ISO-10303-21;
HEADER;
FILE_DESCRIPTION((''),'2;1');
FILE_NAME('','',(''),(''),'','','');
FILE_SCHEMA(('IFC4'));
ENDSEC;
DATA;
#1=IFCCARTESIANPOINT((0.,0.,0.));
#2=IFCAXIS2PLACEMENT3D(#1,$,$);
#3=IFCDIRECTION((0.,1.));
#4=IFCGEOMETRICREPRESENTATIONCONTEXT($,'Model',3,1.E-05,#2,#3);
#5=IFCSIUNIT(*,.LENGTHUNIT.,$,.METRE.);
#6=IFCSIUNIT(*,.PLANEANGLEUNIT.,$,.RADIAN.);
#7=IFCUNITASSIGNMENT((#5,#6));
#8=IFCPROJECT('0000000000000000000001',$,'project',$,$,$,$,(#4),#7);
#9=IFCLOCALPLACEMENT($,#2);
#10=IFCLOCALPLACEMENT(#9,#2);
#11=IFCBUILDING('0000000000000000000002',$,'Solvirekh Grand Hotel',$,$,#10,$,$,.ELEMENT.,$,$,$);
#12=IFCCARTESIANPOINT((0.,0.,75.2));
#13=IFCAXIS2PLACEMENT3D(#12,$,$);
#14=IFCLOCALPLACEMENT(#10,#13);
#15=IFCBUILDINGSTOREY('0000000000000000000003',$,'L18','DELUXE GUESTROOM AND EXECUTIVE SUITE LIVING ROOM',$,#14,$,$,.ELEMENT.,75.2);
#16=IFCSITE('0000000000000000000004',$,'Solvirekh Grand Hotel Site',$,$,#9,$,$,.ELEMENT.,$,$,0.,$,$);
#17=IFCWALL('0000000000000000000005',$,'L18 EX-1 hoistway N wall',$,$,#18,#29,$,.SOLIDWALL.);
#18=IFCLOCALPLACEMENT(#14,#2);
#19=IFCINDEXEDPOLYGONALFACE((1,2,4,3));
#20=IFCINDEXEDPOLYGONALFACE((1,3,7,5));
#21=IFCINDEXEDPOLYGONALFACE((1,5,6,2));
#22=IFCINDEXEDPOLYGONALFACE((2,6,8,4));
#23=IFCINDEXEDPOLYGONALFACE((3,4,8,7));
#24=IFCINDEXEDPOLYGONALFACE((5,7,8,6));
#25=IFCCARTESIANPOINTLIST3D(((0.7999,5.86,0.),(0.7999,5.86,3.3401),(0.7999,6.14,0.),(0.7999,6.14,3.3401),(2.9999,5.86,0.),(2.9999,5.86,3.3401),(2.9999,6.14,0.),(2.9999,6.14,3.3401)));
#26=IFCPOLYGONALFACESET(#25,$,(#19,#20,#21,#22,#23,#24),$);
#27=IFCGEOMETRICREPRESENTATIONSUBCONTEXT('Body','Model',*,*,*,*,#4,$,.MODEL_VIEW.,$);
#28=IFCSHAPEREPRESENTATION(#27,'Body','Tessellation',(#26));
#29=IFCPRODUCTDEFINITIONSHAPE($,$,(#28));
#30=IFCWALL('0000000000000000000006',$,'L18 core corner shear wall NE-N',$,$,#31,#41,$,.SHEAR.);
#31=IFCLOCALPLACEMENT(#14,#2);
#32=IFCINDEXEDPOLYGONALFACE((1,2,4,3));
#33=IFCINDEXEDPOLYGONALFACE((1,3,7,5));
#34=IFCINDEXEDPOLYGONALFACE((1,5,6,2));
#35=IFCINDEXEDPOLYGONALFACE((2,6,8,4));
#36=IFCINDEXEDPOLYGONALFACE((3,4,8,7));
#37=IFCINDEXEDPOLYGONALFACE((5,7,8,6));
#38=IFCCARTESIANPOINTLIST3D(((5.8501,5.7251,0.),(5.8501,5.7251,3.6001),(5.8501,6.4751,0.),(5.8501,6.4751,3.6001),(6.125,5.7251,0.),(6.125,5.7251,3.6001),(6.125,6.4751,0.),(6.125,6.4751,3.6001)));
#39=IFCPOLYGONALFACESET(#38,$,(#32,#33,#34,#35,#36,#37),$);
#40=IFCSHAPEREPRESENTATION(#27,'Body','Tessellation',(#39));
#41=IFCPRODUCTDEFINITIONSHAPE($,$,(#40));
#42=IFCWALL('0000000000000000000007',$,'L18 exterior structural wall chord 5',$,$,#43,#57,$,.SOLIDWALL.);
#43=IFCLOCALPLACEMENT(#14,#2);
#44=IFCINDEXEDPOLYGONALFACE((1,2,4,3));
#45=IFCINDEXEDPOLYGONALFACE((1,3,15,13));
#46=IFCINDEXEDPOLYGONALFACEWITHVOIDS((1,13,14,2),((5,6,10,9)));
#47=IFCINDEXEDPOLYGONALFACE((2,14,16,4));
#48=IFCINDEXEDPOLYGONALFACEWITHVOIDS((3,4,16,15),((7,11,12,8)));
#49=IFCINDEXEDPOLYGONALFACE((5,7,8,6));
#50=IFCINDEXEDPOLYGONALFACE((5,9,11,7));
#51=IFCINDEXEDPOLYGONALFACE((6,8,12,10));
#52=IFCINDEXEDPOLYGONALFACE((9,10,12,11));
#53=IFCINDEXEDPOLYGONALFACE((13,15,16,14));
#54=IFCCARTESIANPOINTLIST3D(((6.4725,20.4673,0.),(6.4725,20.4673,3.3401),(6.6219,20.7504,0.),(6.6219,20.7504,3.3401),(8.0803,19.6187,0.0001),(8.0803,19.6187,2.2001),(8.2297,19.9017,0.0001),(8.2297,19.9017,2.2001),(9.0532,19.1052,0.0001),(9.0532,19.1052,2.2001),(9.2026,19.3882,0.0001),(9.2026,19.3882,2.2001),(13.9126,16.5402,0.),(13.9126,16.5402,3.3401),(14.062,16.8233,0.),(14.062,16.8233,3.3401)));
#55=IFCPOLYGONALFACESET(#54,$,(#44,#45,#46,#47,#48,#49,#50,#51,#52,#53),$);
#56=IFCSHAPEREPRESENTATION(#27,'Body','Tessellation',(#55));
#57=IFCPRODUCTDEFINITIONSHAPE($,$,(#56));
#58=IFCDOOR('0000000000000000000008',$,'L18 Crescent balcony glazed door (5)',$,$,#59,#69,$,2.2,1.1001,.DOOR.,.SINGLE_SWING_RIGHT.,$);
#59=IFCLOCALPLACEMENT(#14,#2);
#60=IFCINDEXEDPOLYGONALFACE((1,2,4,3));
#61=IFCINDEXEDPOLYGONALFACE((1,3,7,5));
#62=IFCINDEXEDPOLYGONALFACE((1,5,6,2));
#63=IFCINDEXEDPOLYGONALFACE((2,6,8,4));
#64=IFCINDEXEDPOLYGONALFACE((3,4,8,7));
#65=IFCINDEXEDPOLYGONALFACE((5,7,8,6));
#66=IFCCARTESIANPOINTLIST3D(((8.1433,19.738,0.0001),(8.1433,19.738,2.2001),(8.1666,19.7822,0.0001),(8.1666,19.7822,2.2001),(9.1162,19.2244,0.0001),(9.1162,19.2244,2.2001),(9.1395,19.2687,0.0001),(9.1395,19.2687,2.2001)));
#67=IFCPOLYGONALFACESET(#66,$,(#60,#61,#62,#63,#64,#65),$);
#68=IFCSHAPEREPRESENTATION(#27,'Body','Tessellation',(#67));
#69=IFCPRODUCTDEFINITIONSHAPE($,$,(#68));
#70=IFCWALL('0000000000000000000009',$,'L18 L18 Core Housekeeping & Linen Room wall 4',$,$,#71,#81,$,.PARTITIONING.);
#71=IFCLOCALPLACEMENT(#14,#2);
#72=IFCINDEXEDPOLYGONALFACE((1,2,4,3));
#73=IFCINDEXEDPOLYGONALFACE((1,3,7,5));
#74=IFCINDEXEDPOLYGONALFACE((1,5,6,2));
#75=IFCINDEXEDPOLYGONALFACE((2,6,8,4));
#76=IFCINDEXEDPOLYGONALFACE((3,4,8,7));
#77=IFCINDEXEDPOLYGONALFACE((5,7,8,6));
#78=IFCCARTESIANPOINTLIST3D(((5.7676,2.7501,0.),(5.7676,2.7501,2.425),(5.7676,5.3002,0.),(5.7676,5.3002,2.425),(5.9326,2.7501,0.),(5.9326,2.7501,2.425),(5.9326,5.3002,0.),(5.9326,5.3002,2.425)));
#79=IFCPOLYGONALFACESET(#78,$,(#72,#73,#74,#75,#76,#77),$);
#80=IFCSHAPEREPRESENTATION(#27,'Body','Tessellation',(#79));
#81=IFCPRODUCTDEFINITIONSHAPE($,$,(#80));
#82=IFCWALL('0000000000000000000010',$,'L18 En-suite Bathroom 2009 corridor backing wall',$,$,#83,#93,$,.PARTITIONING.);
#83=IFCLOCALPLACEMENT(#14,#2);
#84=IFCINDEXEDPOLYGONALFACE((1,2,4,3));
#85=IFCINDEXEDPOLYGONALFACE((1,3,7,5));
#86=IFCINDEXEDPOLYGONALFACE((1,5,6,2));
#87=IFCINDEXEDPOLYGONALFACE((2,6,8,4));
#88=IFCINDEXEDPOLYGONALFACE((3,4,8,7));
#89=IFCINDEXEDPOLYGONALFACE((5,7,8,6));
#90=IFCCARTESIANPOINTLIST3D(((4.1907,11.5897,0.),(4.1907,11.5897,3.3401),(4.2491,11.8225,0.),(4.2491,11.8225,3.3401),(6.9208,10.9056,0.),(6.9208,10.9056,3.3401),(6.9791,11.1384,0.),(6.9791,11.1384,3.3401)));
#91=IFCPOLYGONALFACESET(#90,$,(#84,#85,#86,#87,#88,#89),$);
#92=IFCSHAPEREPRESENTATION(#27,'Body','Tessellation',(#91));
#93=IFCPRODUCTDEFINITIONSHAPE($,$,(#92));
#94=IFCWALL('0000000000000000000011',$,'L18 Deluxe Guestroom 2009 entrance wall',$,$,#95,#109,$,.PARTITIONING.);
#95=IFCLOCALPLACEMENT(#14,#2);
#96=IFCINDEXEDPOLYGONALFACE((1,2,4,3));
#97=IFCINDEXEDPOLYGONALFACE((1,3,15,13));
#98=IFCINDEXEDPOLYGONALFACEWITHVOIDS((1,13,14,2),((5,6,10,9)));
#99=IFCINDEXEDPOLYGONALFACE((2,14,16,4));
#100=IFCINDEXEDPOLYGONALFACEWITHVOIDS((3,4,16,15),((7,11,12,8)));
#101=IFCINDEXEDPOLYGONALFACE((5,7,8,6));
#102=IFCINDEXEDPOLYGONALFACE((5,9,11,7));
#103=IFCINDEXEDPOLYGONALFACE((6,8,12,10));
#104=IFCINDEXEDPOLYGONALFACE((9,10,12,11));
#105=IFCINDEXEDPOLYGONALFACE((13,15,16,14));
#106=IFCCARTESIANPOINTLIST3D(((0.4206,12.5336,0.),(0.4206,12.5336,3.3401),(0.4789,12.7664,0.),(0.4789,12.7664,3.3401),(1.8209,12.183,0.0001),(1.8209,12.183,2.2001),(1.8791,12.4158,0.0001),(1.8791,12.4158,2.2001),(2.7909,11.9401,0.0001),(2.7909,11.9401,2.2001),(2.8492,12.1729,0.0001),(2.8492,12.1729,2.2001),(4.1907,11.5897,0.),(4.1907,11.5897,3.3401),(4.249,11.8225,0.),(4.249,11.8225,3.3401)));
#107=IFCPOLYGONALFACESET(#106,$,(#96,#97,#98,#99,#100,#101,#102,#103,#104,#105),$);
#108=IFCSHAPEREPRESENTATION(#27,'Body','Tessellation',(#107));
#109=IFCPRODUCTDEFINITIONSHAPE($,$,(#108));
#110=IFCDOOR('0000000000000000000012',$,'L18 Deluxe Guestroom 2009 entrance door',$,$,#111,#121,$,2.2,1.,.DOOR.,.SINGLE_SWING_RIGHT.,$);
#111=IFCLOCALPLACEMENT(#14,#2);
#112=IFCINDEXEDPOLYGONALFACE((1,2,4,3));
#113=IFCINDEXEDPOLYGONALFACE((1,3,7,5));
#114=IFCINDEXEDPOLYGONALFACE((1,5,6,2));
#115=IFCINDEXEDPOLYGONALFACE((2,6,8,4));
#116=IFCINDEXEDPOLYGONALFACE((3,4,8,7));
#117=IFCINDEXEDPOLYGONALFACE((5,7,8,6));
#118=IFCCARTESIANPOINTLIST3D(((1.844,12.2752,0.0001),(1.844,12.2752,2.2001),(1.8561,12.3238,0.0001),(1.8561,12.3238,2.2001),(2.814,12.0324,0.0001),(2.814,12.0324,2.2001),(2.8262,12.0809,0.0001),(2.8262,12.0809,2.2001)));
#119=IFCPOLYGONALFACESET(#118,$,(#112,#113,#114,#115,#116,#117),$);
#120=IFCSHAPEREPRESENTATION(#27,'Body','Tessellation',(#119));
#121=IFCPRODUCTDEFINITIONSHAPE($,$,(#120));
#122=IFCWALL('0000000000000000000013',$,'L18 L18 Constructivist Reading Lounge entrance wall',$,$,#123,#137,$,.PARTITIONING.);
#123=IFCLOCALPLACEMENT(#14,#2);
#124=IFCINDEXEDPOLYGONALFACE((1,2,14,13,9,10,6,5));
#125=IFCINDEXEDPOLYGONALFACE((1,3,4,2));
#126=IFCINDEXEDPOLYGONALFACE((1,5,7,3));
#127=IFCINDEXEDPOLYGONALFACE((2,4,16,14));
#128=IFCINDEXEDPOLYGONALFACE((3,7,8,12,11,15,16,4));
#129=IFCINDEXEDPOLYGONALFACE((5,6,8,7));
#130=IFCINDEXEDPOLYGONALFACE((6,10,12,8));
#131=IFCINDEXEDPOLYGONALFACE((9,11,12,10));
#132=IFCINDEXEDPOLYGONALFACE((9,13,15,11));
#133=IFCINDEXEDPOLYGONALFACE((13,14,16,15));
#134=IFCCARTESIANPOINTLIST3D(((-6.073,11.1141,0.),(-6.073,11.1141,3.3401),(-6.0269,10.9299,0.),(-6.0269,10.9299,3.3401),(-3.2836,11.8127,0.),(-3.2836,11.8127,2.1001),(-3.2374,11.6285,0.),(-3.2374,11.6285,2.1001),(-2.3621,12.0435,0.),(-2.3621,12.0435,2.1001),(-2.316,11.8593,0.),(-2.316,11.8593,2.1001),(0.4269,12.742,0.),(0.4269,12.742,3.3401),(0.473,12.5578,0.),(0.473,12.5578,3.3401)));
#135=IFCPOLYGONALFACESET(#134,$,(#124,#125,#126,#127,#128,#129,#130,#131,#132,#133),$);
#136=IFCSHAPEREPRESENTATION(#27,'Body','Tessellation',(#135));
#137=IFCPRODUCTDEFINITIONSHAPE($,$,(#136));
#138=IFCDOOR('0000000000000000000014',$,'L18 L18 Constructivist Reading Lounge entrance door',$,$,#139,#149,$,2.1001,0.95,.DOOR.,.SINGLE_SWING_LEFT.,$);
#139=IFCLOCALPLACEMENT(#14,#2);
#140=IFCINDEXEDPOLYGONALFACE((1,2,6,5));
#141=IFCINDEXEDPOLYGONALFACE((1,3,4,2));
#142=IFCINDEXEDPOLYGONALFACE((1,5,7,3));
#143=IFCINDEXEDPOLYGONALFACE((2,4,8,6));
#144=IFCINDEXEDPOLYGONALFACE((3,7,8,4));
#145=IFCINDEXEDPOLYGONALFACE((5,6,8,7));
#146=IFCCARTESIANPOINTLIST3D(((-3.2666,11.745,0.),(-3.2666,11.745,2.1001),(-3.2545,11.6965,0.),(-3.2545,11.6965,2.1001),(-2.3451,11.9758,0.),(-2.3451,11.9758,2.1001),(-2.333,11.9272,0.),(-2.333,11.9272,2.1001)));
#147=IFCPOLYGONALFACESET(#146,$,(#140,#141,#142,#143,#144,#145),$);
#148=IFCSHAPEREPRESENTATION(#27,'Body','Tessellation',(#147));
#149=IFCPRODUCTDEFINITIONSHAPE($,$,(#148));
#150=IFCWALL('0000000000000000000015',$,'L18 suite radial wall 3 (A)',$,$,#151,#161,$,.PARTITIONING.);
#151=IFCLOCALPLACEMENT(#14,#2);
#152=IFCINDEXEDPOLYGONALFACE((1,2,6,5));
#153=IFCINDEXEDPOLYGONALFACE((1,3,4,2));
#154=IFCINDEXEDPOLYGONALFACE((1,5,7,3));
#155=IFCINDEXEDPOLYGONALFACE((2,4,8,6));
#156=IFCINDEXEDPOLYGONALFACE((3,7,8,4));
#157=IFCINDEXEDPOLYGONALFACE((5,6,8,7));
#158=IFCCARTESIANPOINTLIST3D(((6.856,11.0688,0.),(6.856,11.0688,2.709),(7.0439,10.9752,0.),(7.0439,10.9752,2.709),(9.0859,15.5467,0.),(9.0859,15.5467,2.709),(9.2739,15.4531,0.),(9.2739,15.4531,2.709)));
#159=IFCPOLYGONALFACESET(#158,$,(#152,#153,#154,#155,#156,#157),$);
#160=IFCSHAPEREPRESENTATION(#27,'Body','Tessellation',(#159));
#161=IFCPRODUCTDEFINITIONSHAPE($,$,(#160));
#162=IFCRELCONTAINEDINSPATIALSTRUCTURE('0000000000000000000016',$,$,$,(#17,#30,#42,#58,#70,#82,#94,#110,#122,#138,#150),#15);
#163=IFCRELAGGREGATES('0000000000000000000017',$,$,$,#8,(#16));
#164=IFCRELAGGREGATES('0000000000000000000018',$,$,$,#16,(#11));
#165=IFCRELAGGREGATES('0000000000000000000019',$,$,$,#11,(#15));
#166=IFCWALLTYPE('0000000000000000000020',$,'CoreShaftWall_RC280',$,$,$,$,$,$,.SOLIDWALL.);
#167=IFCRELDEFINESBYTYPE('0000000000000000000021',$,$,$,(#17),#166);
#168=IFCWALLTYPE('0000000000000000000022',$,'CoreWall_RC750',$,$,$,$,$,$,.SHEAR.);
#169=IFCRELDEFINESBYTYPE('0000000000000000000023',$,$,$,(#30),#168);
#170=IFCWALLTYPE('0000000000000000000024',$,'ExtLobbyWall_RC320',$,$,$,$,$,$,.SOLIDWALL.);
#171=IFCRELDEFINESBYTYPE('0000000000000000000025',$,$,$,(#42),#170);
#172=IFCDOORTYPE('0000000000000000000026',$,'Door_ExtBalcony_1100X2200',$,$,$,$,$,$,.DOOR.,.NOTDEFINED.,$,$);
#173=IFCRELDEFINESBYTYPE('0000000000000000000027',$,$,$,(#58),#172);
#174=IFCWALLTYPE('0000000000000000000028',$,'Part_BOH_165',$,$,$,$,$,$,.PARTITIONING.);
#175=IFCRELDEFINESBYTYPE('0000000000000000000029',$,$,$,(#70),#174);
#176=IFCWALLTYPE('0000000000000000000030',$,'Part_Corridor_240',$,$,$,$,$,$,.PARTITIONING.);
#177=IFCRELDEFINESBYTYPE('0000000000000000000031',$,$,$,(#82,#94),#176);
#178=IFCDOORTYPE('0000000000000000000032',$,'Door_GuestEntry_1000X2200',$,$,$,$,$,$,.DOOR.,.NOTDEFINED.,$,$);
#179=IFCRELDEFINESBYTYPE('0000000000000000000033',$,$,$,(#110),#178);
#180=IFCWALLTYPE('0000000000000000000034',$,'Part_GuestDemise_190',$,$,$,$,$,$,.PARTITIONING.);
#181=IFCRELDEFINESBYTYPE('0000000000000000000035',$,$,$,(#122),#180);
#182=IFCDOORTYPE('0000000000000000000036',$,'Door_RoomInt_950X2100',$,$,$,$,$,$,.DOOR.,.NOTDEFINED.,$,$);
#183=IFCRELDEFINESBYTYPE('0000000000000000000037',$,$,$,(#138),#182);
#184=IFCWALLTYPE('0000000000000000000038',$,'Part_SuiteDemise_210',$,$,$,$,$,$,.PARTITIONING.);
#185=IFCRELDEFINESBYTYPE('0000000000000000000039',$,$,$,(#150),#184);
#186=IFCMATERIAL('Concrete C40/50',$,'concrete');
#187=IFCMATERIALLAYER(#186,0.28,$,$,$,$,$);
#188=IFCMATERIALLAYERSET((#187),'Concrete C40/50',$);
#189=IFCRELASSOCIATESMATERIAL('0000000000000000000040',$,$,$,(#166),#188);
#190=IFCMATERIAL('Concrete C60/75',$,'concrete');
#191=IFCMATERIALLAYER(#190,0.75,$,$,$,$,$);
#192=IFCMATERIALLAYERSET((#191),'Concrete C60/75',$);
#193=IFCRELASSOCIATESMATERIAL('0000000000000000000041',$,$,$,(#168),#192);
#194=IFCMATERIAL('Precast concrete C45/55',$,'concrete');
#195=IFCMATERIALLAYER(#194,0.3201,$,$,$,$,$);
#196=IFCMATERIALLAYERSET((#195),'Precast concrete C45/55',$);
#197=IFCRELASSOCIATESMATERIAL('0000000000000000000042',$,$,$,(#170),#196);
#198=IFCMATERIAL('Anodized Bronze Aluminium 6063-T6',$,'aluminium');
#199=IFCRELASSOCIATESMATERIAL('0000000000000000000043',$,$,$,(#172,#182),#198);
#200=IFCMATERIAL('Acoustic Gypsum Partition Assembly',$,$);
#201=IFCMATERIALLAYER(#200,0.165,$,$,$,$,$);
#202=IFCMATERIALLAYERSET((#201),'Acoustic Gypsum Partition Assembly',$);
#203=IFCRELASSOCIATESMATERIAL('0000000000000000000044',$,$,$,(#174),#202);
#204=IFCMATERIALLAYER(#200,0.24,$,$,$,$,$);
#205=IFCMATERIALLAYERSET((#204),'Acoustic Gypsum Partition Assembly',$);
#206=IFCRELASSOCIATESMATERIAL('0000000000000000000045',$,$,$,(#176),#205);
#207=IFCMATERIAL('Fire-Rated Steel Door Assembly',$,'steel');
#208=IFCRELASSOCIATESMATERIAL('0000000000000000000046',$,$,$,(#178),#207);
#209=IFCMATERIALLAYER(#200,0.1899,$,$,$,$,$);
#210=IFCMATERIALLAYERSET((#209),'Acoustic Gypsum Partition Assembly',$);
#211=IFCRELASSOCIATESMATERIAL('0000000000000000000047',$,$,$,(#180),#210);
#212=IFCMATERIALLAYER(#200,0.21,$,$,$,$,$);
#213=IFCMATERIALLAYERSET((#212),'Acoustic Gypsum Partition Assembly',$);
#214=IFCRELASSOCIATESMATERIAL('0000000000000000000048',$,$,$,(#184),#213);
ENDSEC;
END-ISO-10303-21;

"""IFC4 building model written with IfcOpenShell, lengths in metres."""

from ifc_helpers import new_model, si_unit, direction, frame, frame_2d, origin, place, context, subcontext, project, spatial, rectangle, extrude, material, layer, layer_set, type_object, element, fill, save


model = new_model("IFC4")

# Units and contexts
model_context = context("Model", 3, precision=1e-05, world=origin(), true_north=direction((0.0, 1.0)))
body_context = subcontext(model_context, "Body", "Model", "MODEL_VIEW")
ifc_project = project(units=[si_unit("LENGTHUNIT", "METRE"), si_unit("PLANEANGLEUNIT", "RADIAN")], contexts=[model_context])

# Site, building, storey
site_placement = place(None, origin())
site = spatial("IfcSite", under=ifc_project, at=site_placement, Name="Solvirekh Grand Hotel Site", CompositionType="ELEMENT", RefElevation=0.0)
building_placement = place(site_placement, origin())
building = spatial("IfcBuilding", under=site, at=building_placement, Name="Solvirekh Grand Hotel", CompositionType="ELEMENT")
storey_placement = place(building_placement, frame((0.0, 0.0, 75.2)))
storey = spatial("IfcBuildingStorey", under=building, at=storey_placement, Name="L18", Description="DELUXE GUESTROOM AND EXECUTIVE SUITE LIVING ROOM", CompositionType="ELEMENT", Elevation=75.2)

# Shared definitions
ifc_material_1 = material(Name="Concrete C60/75", Category="concrete")

# Walls
ifc_material_2 = material(Name="Concrete C40/50", Category="concrete")
ifc_layer_1 = layer(ifc_material_2, 0.28)
ifc_layer_set_1 = layer_set([ifc_layer_1], Name="Concrete C40/50")
wall_type_1 = type_object("IfcWallType", Name="CoreShaftWall_RC280", PredefinedType="SOLIDWALL", material=ifc_layer_set_1)
wall_1_placement = place(storey_placement, frame((3.0, 6.0, 0.0), z_axis=(0.0, 0.0, 1.0), x_axis=(-1.0, 0.0, 0.0)))
element("IfcWall", 1, at=wall_1_placement, inside=storey, type_object=wall_type_1, Name="L18 EX-1 hoistway N wall", PredefinedType="SOLIDWALL", context=body_context, shape_type="SweptSolid", body=[
    extrude(rectangle(XDim=2.2, YDim=0.28, at=frame_2d((1.1001, 0.0))), origin(), (0.0, 0.0, 1.0), 3.3401),
])
ifc_layer_2 = layer(ifc_material_1, 0.75)
ifc_layer_set_2 = layer_set([ifc_layer_2], Name="Concrete C60/75")
wall_type_2 = type_object("IfcWallType", Name="CoreWall_RC750", PredefinedType="SHEAR", material=ifc_layer_set_2)
wall_2_placement = place(storey_placement, frame((5.8501, 6.1001, 0.0), z_axis=(0.0, 0.0, 1.0), x_axis=(1.0, 0.0, 0.0)))
element("IfcWall", 2, at=wall_2_placement, inside=storey, type_object=wall_type_2, Name="L18 core corner shear wall NE-N", PredefinedType="SHEAR", context=body_context, shape_type="SweptSolid", body=[
    extrude(rectangle(XDim=0.2749, YDim=0.75, at=frame_2d((0.1375, 0.0))), origin(), (0.0, 0.0, 1.0), 3.6001),
])

# Wall, opening, door
ifc_material_3 = material(Name="Precast concrete C45/55", Category="concrete")
ifc_layer_3 = layer(ifc_material_3, 0.3201)
ifc_layer_set_3 = layer_set([ifc_layer_3], Name="Precast concrete C45/55")
wall_type_3 = type_object("IfcWallType", Name="ExtLobbyWall_RC320", PredefinedType="SOLIDWALL", material=ifc_layer_set_3)
wall_3_placement = place(storey_placement, frame((6.5471, 20.6089, 0.0), z_axis=(0.0, 0.0, 1.0), x_axis=(0.884367, -0.466793, 0.0)))
wall_3 = element("IfcWall", 3, at=wall_3_placement, inside=storey, type_object=wall_type_3, Name="L18 exterior structural wall chord 5", PredefinedType="SOLIDWALL", context=body_context, shape_type="SweptSolid", body=[
    extrude(rectangle(XDim=8.4128, YDim=0.3201, at=frame_2d((4.2065, 0.0))), origin(), (0.0, 0.0, 1.0), 3.3401),
])
opening_1_placement = place(wall_3_placement, frame((1.8181, 0.0, 0.0)))
opening_1 = element("IfcOpeningElement", 4, at=opening_1_placement, cuts=wall_3, PredefinedType="OPENING", context=body_context, shape_type="SweptSolid", body=[
    extrude(rectangle(XDim=1.1001, YDim=2.2, at=frame_2d((0.55, 1.1001))), frame((0.0, 0.1699, 0.0), z_axis=(0.0, -1.0, 0.0), x_axis=(1.0, 0.0, 0.0)), (0.0, 0.0, 1.0), 0.3401),
])
ifc_material_4 = material(Name="Anodized Bronze Aluminium 6063-T6", Category="aluminium")
door_type_1 = type_object("IfcDoorType", Name="Door_ExtBalcony_1100X2200", OperationType="NOTDEFINED", PredefinedType="DOOR", material=ifc_material_4)
door_1_placement = place(opening_1_placement, origin())
door_1 = element("IfcDoor", 5, at=door_1_placement, inside=storey, type_object=door_type_1, Name="L18 Crescent balcony glazed door (5)", OperationType="SINGLE_SWING_RIGHT", OverallHeight=2.2, OverallWidth=1.1001, PredefinedType="DOOR", context=body_context, shape_type="SweptSolid", body=[
    extrude(rectangle(XDim=1.1001, YDim=2.2, at=frame_2d((0.55, 1.1001))), frame((0.0, 0.0249, 0.0), z_axis=(0.0, -1.0, 0.0), x_axis=(1.0, 0.0, 0.0)), (0.0, 0.0, 1.0), 0.05),
])
fill(opening_1, door_1)

# Walls
ifc_material_5 = material(Name="Acoustic Gypsum Partition Assembly")
ifc_layer_4 = layer(ifc_material_5, 0.165)
ifc_layer_set_4 = layer_set([ifc_layer_4], Name="Acoustic Gypsum Partition Assembly")
wall_type_4 = type_object("IfcWallType", Name="Part_BOH_165", PredefinedType="PARTITIONING", material=ifc_layer_set_4)
wall_4_placement = place(storey_placement, frame((5.8501, 5.3, 0.0), z_axis=(0.0, 0.0, 1.0), x_axis=(0.0, -1.0, 0.0)))
element("IfcWall", 6, at=wall_4_placement, inside=storey, type_object=wall_type_4, Name="L18 L18 Core Housekeeping & Linen Room wall 4", PredefinedType="PARTITIONING", context=body_context, shape_type="SweptSolid", body=[
    extrude(rectangle(XDim=2.55, YDim=0.165, at=frame_2d((1.2749, 0.0))), origin(), (0.0, 0.0, 1.0), 2.425),
])
ifc_layer_5 = layer(ifc_material_5, 0.24)
ifc_layer_set_5 = layer_set([ifc_layer_5], Name="Acoustic Gypsum Partition Assembly")
wall_type_5 = type_object("IfcWallType", Name="Part_Corridor_240", PredefinedType="PARTITIONING", material=ifc_layer_set_5)
wall_5_placement = place(storey_placement, frame((6.95, 11.022, 0.0), z_axis=(0.0, 0.0, 1.0), x_axis=(-0.97001, 0.243066, 0.0)))
element("IfcWall", 7, at=wall_5_placement, inside=storey, type_object=wall_type_5, Name="L18 En-suite Bathroom 2009 corridor backing wall", PredefinedType="PARTITIONING", context=body_context, shape_type="SweptSolid", body=[
    extrude(rectangle(XDim=2.8145, YDim=0.24, at=frame_2d((1.4072, 0.0))), origin(), (0.0, 0.0, 1.0), 3.3401),
])

# Walls, openings, doors
wall_6_placement = place(storey_placement, frame((4.22, 11.7061, 0.0), z_axis=(0.0, 0.0, 1.0), x_axis=(-0.970061, 0.242861, 0.0)))
wall_6 = element("IfcWall", 8, at=wall_6_placement, inside=storey, type_object=wall_type_5, Name="L18 Deluxe Guestroom 2009 entrance wall", PredefinedType="PARTITIONING", context=body_context, shape_type="SweptSolid", body=[
    extrude(rectangle(XDim=3.8865, YDim=0.24, at=frame_2d((1.9434, 0.0))), origin(), (0.0, 0.0, 1.0), 3.3401),
])
opening_2_placement = place(wall_6_placement, frame((1.4431, 0.0, 0.0)))
opening_2 = element("IfcOpeningElement", 9, at=opening_2_placement, cuts=wall_6, PredefinedType="OPENING", context=body_context, shape_type="SweptSolid", body=[
    extrude(rectangle(XDim=1.0, YDim=2.2, at=frame_2d((0.5, 1.1001))), frame((0.0, 0.1299, 0.0), z_axis=(0.0, -1.0, 0.0), x_axis=(1.0, 0.0, 0.0)), (0.0, 0.0, 1.0), 0.26),
])
ifc_material_6 = material(Name="Fire-Rated Steel Door Assembly", Category="steel")
door_type_2 = type_object("IfcDoorType", Name="Door_GuestEntry_1000X2200", OperationType="NOTDEFINED", PredefinedType="DOOR", material=ifc_material_6)
door_2_placement = place(opening_2_placement, origin())
door_2 = element("IfcDoor", 10, at=door_2_placement, inside=storey, type_object=door_type_2, Name="L18 Deluxe Guestroom 2009 entrance door", OperationType="SINGLE_SWING_RIGHT", OverallHeight=2.2, OverallWidth=1.0, PredefinedType="DOOR", context=body_context, shape_type="SweptSolid", body=[
    extrude(rectangle(XDim=1.0, YDim=2.2, at=frame_2d((0.5, 1.1001))), frame((0.0, 0.0249, 0.0), z_axis=(0.0, -1.0, 0.0), x_axis=(1.0, 0.0, 0.0)), (0.0, 0.0, 1.0), 0.05),
])
fill(opening_2, door_2)
ifc_layer_6 = layer(ifc_material_5, 0.1899)
ifc_layer_set_6 = layer_set([ifc_layer_6], Name="Acoustic Gypsum Partition Assembly")
wall_type_6 = type_object("IfcWallType", Name="Part_GuestDemise_190", PredefinedType="PARTITIONING", material=ifc_layer_set_6)
wall_7_placement = place(storey_placement, frame((0.45, 12.6499, 0.0), z_axis=(0.0, 0.0, 1.0), x_axis=(-0.97004, -0.242947, 0.0)))
wall_7 = element("IfcWall", 11, at=wall_7_placement, inside=storey, type_object=wall_type_6, Name="L18 L18 Constructivist Reading Lounge entrance wall", PredefinedType="PARTITIONING", context=body_context, shape_type="SweptSolid", body=[
    extrude(rectangle(XDim=6.7007, YDim=0.1899, at=frame_2d((3.3503, 0.0))), origin(), (0.0, 0.0, 1.0), 3.3401),
])
opening_3_placement = place(wall_7_placement, frame((2.875, 0.0, 0.0)))
opening_3 = element("IfcOpeningElement", 12, at=opening_3_placement, cuts=wall_7, PredefinedType="OPENING", context=body_context, shape_type="SweptSolid", body=[
    extrude(rectangle(XDim=0.95, YDim=2.1001, at=frame_2d((0.4751, 1.05))), frame((0.0, 0.105, 0.0), z_axis=(0.0, -1.0, 0.0), x_axis=(1.0, 0.0, 0.0)), (0.0, 0.0, 1.0), 0.21),
])
door_type_3 = type_object("IfcDoorType", Name="Door_RoomInt_950X2100", OperationType="NOTDEFINED", PredefinedType="DOOR", material=ifc_material_4)
door_3_placement = place(opening_3_placement, origin())
door_3 = element("IfcDoor", 13, at=door_3_placement, inside=storey, type_object=door_type_3, Name="L18 L18 Constructivist Reading Lounge entrance door", OperationType="SINGLE_SWING_LEFT", OverallHeight=2.1001, OverallWidth=0.95, PredefinedType="DOOR", context=body_context, shape_type="SweptSolid", body=[
    extrude(rectangle(XDim=0.95, YDim=2.1001, at=frame_2d((0.4751, 1.05))), frame((0.0, 0.0249, 0.0), z_axis=(0.0, -1.0, 0.0), x_axis=(1.0, 0.0, 0.0)), (0.0, 0.0, 1.0), 0.05),
])
fill(opening_3, door_3)

# Wall
ifc_layer_7 = layer(ifc_material_5, 0.21)
ifc_layer_set_7 = layer_set([ifc_layer_7], Name="Acoustic Gypsum Partition Assembly")
wall_type_7 = type_object("IfcWallType", Name="Part_SuiteDemise_210", PredefinedType="PARTITIONING", material=ifc_layer_set_7)
wall_8_placement = place(storey_placement, frame((6.95, 11.022, 0.0), z_axis=(0.0, 0.0, 1.0), x_axis=(0.445768, 0.895148, 0.0)))
element("IfcWall", 14, at=wall_8_placement, inside=storey, type_object=wall_type_7, Name="L18 suite radial wall 3 (A)", PredefinedType="PARTITIONING", context=body_context, shape_type="SweptSolid", body=[
    extrude(rectangle(XDim=5.0024, YDim=0.21, at=frame_2d((2.5012, 0.0))), origin(), (0.0, 0.0, 1.0), 2.709),
])

save(model, "model.ifc")
